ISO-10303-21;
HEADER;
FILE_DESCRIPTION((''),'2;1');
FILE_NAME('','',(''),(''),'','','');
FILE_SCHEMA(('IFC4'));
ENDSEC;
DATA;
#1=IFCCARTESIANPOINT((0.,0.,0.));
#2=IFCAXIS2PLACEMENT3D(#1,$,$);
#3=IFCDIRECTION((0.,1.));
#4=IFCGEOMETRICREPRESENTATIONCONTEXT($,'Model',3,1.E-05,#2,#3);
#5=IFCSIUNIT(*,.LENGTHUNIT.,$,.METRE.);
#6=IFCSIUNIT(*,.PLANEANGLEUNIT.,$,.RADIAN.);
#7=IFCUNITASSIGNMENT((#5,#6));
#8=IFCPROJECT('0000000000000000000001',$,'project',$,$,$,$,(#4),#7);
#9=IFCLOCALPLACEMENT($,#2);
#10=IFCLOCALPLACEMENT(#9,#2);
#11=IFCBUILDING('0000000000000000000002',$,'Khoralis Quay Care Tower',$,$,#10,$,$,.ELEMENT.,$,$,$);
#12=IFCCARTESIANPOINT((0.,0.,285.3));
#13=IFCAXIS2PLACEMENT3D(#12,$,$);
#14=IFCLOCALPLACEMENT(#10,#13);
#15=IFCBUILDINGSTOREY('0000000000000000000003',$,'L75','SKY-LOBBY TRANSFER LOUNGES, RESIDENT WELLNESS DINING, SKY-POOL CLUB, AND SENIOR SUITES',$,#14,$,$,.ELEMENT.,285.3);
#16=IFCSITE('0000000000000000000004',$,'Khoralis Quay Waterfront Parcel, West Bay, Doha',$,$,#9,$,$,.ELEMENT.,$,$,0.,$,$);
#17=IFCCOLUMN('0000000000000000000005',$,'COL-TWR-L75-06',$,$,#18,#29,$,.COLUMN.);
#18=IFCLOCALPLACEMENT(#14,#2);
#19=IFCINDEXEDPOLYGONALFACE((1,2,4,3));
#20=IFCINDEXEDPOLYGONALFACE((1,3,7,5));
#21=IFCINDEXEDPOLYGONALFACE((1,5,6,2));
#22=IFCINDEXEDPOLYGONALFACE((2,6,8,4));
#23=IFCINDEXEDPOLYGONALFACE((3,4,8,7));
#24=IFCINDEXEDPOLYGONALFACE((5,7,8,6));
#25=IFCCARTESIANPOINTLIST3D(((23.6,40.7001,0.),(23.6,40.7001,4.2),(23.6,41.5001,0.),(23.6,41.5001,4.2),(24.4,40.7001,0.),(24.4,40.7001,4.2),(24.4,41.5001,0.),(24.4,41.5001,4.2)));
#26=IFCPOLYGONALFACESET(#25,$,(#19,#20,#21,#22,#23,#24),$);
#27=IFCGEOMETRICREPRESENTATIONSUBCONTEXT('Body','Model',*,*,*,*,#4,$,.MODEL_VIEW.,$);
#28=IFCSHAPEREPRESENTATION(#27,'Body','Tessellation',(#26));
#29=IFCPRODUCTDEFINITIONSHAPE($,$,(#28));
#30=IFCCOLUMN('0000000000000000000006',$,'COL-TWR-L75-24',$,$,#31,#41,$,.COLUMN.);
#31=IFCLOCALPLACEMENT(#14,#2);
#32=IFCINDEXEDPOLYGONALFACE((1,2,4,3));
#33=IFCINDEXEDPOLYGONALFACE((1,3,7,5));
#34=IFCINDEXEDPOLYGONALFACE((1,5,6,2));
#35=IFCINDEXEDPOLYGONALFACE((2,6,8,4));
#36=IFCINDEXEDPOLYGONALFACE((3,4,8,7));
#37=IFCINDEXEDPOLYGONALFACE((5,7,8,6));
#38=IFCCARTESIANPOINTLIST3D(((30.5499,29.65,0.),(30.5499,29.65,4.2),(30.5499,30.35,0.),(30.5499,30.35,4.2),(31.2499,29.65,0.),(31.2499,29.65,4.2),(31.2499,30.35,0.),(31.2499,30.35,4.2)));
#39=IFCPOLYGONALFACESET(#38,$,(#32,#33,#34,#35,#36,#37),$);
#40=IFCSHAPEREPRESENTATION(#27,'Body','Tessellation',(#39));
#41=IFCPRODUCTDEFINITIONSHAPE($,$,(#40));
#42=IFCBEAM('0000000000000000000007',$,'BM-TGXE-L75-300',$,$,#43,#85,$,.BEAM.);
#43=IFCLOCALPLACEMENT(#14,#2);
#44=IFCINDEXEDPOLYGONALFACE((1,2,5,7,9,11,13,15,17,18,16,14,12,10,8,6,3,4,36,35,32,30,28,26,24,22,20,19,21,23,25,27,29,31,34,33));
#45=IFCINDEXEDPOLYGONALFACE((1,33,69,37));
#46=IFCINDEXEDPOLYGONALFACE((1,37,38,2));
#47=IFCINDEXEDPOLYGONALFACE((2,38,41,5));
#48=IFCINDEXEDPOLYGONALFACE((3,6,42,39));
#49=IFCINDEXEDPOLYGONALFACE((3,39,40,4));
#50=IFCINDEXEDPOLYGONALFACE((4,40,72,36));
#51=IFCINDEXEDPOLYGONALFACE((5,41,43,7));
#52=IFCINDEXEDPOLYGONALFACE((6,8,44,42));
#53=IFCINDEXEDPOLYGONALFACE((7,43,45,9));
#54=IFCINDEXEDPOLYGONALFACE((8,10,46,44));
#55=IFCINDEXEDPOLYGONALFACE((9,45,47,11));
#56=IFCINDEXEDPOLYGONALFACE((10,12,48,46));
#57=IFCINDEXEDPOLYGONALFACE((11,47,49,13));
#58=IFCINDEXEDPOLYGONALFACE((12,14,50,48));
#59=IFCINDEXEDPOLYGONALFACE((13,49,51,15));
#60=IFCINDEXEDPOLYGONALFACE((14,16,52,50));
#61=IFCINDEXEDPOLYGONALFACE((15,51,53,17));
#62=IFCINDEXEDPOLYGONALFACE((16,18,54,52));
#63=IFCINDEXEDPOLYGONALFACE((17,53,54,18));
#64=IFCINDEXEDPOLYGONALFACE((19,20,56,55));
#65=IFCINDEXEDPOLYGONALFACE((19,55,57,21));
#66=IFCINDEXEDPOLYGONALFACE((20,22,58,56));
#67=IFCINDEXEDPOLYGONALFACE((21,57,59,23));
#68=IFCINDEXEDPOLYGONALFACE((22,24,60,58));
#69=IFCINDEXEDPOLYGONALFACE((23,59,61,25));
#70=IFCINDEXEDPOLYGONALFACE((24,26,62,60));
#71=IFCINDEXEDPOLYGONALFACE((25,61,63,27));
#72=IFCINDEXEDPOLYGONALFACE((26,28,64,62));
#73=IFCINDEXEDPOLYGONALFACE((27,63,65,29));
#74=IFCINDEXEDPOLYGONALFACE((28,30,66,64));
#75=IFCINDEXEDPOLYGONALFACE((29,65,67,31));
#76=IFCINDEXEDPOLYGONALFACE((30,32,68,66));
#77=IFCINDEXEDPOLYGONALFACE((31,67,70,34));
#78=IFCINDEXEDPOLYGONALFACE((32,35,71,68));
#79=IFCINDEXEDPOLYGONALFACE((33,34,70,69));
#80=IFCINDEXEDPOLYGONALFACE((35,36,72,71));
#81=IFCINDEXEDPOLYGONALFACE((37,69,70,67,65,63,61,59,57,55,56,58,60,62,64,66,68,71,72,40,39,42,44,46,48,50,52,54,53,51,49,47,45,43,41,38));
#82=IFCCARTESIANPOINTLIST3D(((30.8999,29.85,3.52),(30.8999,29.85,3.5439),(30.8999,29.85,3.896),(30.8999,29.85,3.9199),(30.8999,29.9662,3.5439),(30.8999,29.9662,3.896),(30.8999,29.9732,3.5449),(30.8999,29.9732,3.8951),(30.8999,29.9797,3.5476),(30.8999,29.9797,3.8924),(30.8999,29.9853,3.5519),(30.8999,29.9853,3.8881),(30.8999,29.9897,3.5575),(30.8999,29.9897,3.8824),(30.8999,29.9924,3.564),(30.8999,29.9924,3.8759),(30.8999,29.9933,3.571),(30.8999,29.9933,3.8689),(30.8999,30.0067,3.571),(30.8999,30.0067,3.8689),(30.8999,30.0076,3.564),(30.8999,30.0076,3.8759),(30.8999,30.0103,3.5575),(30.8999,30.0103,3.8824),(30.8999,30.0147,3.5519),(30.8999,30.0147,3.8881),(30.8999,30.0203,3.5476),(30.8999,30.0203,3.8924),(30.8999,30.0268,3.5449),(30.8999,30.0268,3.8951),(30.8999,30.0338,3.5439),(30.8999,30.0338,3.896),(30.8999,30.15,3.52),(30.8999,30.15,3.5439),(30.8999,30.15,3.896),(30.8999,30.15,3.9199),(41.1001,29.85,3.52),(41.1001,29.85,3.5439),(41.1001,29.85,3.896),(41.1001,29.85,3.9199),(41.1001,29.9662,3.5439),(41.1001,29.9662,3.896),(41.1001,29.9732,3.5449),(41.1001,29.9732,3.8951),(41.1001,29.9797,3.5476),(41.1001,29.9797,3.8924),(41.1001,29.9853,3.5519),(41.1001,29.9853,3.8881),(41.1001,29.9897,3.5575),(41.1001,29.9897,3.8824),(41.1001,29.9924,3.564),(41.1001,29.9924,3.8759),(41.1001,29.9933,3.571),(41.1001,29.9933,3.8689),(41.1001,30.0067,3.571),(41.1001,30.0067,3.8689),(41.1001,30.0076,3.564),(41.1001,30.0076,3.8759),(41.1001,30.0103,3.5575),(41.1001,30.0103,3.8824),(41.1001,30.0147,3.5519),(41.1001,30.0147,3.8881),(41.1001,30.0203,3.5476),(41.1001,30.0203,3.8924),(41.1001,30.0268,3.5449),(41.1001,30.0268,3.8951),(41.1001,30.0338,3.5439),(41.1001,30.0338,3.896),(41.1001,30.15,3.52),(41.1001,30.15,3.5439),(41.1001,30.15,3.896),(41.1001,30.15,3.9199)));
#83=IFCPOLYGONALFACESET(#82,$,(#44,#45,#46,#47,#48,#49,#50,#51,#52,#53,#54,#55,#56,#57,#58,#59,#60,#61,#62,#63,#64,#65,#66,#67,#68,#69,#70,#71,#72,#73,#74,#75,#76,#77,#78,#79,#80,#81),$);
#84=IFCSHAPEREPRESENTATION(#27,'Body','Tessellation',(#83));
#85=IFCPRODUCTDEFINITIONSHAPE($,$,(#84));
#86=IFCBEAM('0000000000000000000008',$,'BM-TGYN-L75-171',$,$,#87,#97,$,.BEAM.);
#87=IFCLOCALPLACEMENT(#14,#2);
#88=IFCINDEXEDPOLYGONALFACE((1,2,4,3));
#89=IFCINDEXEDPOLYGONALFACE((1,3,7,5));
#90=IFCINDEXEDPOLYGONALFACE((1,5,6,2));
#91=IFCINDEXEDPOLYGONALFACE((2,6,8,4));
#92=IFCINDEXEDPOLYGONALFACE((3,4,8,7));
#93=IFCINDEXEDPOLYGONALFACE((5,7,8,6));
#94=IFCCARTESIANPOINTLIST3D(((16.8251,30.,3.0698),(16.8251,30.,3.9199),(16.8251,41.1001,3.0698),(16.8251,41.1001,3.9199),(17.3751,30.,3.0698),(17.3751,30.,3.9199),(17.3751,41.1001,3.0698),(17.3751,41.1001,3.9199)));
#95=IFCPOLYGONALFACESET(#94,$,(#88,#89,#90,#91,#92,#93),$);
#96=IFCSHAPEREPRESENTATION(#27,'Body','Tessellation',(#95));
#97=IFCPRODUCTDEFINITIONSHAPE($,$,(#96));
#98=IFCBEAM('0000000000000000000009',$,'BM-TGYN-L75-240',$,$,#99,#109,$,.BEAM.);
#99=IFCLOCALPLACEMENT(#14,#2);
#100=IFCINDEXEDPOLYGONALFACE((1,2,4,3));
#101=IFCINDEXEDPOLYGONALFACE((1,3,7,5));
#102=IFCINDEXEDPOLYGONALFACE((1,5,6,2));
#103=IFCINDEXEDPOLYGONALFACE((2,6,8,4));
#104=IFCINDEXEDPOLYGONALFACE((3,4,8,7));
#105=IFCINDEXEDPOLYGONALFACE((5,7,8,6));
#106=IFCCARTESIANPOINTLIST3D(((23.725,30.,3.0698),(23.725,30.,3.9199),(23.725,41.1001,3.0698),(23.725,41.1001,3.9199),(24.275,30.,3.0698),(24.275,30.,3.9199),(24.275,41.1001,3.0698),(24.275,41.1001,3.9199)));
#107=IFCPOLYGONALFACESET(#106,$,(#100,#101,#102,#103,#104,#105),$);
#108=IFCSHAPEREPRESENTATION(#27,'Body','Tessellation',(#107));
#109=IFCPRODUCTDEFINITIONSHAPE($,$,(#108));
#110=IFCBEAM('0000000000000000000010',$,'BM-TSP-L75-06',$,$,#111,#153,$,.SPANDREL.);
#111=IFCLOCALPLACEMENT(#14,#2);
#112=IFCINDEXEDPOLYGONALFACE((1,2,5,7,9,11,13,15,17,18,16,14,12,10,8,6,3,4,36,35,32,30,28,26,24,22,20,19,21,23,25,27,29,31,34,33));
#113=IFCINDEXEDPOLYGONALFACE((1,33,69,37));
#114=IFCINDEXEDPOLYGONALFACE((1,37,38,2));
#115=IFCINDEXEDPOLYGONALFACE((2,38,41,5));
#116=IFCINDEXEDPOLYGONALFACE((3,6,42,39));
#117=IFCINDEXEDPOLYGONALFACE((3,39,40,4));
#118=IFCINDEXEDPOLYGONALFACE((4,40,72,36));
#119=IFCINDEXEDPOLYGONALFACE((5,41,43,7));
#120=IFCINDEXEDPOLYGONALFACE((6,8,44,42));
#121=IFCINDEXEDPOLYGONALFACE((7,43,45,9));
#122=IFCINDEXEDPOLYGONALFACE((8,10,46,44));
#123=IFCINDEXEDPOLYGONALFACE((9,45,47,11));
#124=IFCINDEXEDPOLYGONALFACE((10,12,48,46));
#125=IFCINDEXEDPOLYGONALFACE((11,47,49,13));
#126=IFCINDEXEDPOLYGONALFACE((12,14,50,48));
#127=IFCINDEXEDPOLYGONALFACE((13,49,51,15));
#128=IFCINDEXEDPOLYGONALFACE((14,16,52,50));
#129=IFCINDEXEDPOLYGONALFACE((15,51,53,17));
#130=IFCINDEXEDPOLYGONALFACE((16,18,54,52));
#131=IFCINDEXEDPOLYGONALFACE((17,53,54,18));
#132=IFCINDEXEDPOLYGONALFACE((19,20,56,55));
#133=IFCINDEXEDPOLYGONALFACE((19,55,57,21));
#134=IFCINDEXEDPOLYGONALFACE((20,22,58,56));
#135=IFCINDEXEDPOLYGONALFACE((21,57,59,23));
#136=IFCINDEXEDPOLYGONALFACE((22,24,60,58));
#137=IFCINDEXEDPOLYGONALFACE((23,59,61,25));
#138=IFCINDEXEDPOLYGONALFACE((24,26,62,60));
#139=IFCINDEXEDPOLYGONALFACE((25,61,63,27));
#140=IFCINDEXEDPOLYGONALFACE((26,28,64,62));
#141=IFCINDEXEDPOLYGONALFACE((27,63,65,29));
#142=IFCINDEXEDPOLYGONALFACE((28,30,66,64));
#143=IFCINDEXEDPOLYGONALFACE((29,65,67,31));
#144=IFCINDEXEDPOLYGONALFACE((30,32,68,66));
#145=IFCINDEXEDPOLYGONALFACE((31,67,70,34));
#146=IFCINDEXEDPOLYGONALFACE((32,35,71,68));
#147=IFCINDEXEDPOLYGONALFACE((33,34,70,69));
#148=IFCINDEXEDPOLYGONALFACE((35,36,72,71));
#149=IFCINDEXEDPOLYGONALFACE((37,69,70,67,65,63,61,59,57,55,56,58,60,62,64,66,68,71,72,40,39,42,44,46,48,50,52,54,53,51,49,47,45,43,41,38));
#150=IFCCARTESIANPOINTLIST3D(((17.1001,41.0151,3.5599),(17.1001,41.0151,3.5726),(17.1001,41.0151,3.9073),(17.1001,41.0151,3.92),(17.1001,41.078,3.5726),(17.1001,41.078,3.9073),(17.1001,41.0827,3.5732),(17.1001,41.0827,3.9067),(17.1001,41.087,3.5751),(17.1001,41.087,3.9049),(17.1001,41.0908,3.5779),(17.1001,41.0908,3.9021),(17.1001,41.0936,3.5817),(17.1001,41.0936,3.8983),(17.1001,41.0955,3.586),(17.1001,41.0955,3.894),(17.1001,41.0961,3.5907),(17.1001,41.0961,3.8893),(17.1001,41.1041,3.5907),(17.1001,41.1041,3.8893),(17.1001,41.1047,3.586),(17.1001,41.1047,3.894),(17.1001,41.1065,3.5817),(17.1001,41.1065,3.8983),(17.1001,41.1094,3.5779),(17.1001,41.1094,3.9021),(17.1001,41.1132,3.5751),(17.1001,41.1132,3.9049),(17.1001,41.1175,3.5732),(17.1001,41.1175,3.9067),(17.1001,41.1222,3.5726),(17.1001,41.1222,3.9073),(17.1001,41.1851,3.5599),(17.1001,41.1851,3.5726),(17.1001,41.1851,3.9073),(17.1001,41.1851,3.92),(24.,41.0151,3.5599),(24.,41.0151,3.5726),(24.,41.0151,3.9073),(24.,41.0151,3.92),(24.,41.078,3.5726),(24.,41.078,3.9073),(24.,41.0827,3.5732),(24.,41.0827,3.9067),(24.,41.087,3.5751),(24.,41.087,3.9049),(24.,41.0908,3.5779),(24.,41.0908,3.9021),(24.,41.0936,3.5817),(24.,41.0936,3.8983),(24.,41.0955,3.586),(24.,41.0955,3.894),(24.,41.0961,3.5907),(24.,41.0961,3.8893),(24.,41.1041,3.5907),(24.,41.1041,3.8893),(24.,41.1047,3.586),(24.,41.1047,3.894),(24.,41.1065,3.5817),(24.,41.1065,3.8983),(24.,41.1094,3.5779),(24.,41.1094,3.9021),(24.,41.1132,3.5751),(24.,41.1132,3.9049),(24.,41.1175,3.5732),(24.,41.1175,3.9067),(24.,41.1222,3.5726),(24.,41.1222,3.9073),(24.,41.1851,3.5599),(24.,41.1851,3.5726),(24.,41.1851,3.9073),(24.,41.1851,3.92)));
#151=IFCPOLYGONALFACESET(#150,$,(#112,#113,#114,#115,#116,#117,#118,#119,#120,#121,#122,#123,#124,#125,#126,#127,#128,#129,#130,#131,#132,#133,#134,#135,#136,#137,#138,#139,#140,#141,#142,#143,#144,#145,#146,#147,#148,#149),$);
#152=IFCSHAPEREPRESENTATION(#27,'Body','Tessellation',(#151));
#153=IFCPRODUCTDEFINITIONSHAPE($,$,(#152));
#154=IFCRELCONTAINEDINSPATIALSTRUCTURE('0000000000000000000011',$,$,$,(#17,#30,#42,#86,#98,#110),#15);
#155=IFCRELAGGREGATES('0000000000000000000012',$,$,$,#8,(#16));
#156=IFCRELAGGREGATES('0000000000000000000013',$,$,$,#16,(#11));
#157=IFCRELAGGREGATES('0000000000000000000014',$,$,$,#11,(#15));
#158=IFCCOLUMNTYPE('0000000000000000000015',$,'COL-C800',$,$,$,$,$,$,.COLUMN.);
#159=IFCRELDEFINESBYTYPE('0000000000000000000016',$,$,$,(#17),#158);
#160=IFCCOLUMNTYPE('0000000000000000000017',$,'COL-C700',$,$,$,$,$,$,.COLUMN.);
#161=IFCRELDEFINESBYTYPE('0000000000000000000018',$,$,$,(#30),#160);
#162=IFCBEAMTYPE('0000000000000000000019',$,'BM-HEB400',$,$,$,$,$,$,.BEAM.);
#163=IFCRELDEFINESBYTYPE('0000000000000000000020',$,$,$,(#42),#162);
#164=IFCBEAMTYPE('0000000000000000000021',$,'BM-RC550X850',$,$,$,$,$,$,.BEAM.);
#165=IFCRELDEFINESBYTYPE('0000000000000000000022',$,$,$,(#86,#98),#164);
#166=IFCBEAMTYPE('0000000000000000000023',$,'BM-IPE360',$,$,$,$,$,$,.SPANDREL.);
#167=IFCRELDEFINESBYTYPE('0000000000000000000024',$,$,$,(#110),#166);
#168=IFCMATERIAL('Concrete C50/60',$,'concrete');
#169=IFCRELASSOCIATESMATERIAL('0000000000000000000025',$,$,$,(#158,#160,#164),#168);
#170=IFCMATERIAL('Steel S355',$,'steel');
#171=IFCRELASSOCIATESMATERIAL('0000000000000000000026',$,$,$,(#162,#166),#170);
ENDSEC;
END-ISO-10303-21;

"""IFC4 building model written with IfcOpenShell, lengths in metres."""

from ifc_helpers import new_model, si_unit, direction, frame, origin, origin_2d, place, context, subcontext, project, spatial, rectangle, i_section, extrude, source, transform, mapped, material, material_profile, profile_set, type_object, element, save


model = new_model("IFC4")

# Units and contexts
model_context = context("Model", 3, precision=1e-05, world=origin(), true_north=direction((0.0, 1.0)))
body_context = subcontext(model_context, "Body", "Model", "MODEL_VIEW")
ifc_project = project(units=[si_unit("LENGTHUNIT", "METRE"), si_unit("PLANEANGLEUNIT", "RADIAN")], contexts=[model_context])

# Site, building, storey
site_placement = place(None, origin())
site = spatial("IfcSite", under=ifc_project, at=site_placement, Name="Khoralis Quay Waterfront Parcel, West Bay, Doha", CompositionType="ELEMENT", RefElevation=0.0)
building_placement = place(site_placement, origin())
building = spatial("IfcBuilding", under=site, at=building_placement, Name="Khoralis Quay Care Tower", CompositionType="ELEMENT")
storey_placement = place(building_placement, frame((0.0, 0.0, 285.3)))
storey = spatial("IfcBuildingStorey", under=building, at=storey_placement, Name="L75", Description="SKY-LOBBY TRANSFER LOUNGES, RESIDENT WELLNESS DINING, SKY-POOL CLUB, AND SENIOR SUITES", CompositionType="ELEMENT", Elevation=285.3)

# Columns
ifc_material_1 = material(Name="Concrete C50/60", Category="concrete")
ifc_material_profile_1 = material_profile(ifc_material_1, rectangle(XDim=0.8, YDim=0.8, at=origin_2d()), Name="Concrete C50/60")
ifc_profile_set_1 = profile_set([ifc_material_profile_1], Name="Concrete C50/60")
column_type_1 = type_object("IfcColumnType", Name="COL-C800", PredefinedType="COLUMN", material=ifc_profile_set_1)
shared_shape_1 = source(origin(), body_context, "Body", "SweptSolid", [
    extrude(rectangle(XDim=0.8, YDim=0.8, at=origin_2d()), origin(), (0.0, 0.0, 1.0), 4.2),
])
column_1_placement = place(storey_placement, frame((24.0, 41.1001, 0.0), z_axis=(0.0, 0.0, 1.0), x_axis=(1.0, 0.0, 0.0)))
element("IfcColumn", 1, at=column_1_placement, inside=storey, type_object=column_type_1, Name="COL-TWR-L75-06", PredefinedType="COLUMN", context=body_context, shape_type="MappedRepresentation", body=[
    mapped(shared_shape_1, transform((0.0, 0.0, 0.0), scale=1.0)),
])
ifc_material_profile_2 = material_profile(ifc_material_1, rectangle(XDim=0.7, YDim=0.7, at=origin_2d()), Name="Concrete C50/60")
ifc_profile_set_2 = profile_set([ifc_material_profile_2], Name="Concrete C50/60")
column_type_2 = type_object("IfcColumnType", Name="COL-C700", PredefinedType="COLUMN", material=ifc_profile_set_2)
shared_shape_2 = source(origin(), body_context, "Body", "SweptSolid", [
    extrude(rectangle(XDim=0.7, YDim=0.7, at=origin_2d()), origin(), (0.0, 0.0, 1.0), 4.2),
])
column_2_placement = place(storey_placement, frame((30.8999, 30.0, 0.0), z_axis=(0.0, 0.0, 1.0), x_axis=(1.0, 0.0, 0.0)))
element("IfcColumn", 2, at=column_2_placement, inside=storey, type_object=column_type_2, Name="COL-TWR-L75-24", PredefinedType="COLUMN", context=body_context, shape_type="MappedRepresentation", body=[
    mapped(shared_shape_2, transform((0.0, 0.0, 0.0), scale=1.0)),
])

# Beams
ifc_material_2 = material(Name="Steel S355", Category="steel")
ifc_material_profile_3 = material_profile(ifc_material_2, i_section(OverallWidth=0.3, OverallDepth=0.3999, WebThickness=0.0134, FlangeThickness=0.0239, FilletRadius=0.0271, at=origin_2d()), Name="Steel S355")
ifc_profile_set_3 = profile_set([ifc_material_profile_3], Name="Steel S355")
beam_type_1 = type_object("IfcBeamType", Name="BM-HEB400", PredefinedType="BEAM", material=ifc_profile_set_3)
shared_shape_3 = source(origin(), body_context, "Body", "SweptSolid", [
    extrude(i_section(OverallWidth=0.3, OverallDepth=0.3999, WebThickness=0.0134, FlangeThickness=0.0239, FilletRadius=0.0271, at=origin_2d()), origin(), (0.0, 0.0, 1.0), 10.2002),
])
beam_1_placement = place(storey_placement, frame((30.8999, 30.0, 3.72), z_axis=(1.0, 0.0, 0.0), x_axis=(0.0, 1.0, 0.0)))
element("IfcBeam", 3, at=beam_1_placement, inside=storey, type_object=beam_type_1, Name="BM-TGXE-L75-300", PredefinedType="BEAM", context=body_context, shape_type="MappedRepresentation", body=[
    mapped(shared_shape_3, transform((0.0, 0.0, 0.0), scale=1.0)),
])
ifc_material_profile_4 = material_profile(ifc_material_1, rectangle(XDim=0.55, YDim=0.8501, at=origin_2d()), Name="Concrete C50/60")
ifc_profile_set_4 = profile_set([ifc_material_profile_4], Name="Concrete C50/60")
beam_type_2 = type_object("IfcBeamType", Name="BM-RC550X850", PredefinedType="BEAM", material=ifc_profile_set_4)
shared_shape_4 = source(origin(), body_context, "Body", "SweptSolid", [
    extrude(rectangle(XDim=0.55, YDim=0.8501, at=origin_2d()), origin(), (0.0, 0.0, 1.0), 11.1001),
])
for number, where, z_axis, x_axis, name in (
    (4, (17.1001, 30.0, 3.4949), (0.0, 1.0, 0.0), (-1.0, 0.0, 0.0), "BM-TGYN-L75-171"),
    (5, (24.0, 30.0, 3.4949), (0.0, 1.0, 0.0), (-1.0, 0.0, 0.0), "BM-TGYN-L75-240"),
):
    element("IfcBeam", number, at=place(storey_placement, frame(where, z_axis=z_axis, x_axis=x_axis)), inside=storey, type_object=beam_type_2, Name=name, PredefinedType="BEAM", context=body_context, shape_type="MappedRepresentation", body=[
        mapped(shared_shape_4, transform((0.0, 0.0, 0.0), scale=1.0)),
    ])
ifc_material_profile_5 = material_profile(ifc_material_2, i_section(OverallWidth=0.1699, OverallDepth=0.3601, WebThickness=0.0081, FlangeThickness=0.0127, FilletRadius=0.0181, at=origin_2d()), Name="Steel S355")
ifc_profile_set_5 = profile_set([ifc_material_profile_5], Name="Steel S355")
beam_type_3 = type_object("IfcBeamType", Name="BM-IPE360", PredefinedType="SPANDREL", material=ifc_profile_set_5)
shared_shape_5 = source(origin(), body_context, "Body", "SweptSolid", [
    extrude(i_section(OverallWidth=0.1699, OverallDepth=0.3601, WebThickness=0.0081, FlangeThickness=0.0127, FilletRadius=0.0181, at=origin_2d()), origin(), (0.0, 0.0, 1.0), 6.8999),
])
for number, where, z_axis, x_axis, name in (
    (6, (17.1001, 41.1001, 3.74), (1.0, 0.0, 0.0), (0.0, 1.0, 0.0), "BM-TSP-L75-06"),
):
    element("IfcBeam", number, at=place(storey_placement, frame(where, z_axis=z_axis, x_axis=x_axis)), inside=storey, type_object=beam_type_3, Name=name, PredefinedType="SPANDREL", context=body_context, shape_type="MappedRepresentation", body=[
        mapped(shared_shape_5, transform((0.0, 0.0, 0.0), scale=1.0)),
    ])

save(model, "model.ifc")
